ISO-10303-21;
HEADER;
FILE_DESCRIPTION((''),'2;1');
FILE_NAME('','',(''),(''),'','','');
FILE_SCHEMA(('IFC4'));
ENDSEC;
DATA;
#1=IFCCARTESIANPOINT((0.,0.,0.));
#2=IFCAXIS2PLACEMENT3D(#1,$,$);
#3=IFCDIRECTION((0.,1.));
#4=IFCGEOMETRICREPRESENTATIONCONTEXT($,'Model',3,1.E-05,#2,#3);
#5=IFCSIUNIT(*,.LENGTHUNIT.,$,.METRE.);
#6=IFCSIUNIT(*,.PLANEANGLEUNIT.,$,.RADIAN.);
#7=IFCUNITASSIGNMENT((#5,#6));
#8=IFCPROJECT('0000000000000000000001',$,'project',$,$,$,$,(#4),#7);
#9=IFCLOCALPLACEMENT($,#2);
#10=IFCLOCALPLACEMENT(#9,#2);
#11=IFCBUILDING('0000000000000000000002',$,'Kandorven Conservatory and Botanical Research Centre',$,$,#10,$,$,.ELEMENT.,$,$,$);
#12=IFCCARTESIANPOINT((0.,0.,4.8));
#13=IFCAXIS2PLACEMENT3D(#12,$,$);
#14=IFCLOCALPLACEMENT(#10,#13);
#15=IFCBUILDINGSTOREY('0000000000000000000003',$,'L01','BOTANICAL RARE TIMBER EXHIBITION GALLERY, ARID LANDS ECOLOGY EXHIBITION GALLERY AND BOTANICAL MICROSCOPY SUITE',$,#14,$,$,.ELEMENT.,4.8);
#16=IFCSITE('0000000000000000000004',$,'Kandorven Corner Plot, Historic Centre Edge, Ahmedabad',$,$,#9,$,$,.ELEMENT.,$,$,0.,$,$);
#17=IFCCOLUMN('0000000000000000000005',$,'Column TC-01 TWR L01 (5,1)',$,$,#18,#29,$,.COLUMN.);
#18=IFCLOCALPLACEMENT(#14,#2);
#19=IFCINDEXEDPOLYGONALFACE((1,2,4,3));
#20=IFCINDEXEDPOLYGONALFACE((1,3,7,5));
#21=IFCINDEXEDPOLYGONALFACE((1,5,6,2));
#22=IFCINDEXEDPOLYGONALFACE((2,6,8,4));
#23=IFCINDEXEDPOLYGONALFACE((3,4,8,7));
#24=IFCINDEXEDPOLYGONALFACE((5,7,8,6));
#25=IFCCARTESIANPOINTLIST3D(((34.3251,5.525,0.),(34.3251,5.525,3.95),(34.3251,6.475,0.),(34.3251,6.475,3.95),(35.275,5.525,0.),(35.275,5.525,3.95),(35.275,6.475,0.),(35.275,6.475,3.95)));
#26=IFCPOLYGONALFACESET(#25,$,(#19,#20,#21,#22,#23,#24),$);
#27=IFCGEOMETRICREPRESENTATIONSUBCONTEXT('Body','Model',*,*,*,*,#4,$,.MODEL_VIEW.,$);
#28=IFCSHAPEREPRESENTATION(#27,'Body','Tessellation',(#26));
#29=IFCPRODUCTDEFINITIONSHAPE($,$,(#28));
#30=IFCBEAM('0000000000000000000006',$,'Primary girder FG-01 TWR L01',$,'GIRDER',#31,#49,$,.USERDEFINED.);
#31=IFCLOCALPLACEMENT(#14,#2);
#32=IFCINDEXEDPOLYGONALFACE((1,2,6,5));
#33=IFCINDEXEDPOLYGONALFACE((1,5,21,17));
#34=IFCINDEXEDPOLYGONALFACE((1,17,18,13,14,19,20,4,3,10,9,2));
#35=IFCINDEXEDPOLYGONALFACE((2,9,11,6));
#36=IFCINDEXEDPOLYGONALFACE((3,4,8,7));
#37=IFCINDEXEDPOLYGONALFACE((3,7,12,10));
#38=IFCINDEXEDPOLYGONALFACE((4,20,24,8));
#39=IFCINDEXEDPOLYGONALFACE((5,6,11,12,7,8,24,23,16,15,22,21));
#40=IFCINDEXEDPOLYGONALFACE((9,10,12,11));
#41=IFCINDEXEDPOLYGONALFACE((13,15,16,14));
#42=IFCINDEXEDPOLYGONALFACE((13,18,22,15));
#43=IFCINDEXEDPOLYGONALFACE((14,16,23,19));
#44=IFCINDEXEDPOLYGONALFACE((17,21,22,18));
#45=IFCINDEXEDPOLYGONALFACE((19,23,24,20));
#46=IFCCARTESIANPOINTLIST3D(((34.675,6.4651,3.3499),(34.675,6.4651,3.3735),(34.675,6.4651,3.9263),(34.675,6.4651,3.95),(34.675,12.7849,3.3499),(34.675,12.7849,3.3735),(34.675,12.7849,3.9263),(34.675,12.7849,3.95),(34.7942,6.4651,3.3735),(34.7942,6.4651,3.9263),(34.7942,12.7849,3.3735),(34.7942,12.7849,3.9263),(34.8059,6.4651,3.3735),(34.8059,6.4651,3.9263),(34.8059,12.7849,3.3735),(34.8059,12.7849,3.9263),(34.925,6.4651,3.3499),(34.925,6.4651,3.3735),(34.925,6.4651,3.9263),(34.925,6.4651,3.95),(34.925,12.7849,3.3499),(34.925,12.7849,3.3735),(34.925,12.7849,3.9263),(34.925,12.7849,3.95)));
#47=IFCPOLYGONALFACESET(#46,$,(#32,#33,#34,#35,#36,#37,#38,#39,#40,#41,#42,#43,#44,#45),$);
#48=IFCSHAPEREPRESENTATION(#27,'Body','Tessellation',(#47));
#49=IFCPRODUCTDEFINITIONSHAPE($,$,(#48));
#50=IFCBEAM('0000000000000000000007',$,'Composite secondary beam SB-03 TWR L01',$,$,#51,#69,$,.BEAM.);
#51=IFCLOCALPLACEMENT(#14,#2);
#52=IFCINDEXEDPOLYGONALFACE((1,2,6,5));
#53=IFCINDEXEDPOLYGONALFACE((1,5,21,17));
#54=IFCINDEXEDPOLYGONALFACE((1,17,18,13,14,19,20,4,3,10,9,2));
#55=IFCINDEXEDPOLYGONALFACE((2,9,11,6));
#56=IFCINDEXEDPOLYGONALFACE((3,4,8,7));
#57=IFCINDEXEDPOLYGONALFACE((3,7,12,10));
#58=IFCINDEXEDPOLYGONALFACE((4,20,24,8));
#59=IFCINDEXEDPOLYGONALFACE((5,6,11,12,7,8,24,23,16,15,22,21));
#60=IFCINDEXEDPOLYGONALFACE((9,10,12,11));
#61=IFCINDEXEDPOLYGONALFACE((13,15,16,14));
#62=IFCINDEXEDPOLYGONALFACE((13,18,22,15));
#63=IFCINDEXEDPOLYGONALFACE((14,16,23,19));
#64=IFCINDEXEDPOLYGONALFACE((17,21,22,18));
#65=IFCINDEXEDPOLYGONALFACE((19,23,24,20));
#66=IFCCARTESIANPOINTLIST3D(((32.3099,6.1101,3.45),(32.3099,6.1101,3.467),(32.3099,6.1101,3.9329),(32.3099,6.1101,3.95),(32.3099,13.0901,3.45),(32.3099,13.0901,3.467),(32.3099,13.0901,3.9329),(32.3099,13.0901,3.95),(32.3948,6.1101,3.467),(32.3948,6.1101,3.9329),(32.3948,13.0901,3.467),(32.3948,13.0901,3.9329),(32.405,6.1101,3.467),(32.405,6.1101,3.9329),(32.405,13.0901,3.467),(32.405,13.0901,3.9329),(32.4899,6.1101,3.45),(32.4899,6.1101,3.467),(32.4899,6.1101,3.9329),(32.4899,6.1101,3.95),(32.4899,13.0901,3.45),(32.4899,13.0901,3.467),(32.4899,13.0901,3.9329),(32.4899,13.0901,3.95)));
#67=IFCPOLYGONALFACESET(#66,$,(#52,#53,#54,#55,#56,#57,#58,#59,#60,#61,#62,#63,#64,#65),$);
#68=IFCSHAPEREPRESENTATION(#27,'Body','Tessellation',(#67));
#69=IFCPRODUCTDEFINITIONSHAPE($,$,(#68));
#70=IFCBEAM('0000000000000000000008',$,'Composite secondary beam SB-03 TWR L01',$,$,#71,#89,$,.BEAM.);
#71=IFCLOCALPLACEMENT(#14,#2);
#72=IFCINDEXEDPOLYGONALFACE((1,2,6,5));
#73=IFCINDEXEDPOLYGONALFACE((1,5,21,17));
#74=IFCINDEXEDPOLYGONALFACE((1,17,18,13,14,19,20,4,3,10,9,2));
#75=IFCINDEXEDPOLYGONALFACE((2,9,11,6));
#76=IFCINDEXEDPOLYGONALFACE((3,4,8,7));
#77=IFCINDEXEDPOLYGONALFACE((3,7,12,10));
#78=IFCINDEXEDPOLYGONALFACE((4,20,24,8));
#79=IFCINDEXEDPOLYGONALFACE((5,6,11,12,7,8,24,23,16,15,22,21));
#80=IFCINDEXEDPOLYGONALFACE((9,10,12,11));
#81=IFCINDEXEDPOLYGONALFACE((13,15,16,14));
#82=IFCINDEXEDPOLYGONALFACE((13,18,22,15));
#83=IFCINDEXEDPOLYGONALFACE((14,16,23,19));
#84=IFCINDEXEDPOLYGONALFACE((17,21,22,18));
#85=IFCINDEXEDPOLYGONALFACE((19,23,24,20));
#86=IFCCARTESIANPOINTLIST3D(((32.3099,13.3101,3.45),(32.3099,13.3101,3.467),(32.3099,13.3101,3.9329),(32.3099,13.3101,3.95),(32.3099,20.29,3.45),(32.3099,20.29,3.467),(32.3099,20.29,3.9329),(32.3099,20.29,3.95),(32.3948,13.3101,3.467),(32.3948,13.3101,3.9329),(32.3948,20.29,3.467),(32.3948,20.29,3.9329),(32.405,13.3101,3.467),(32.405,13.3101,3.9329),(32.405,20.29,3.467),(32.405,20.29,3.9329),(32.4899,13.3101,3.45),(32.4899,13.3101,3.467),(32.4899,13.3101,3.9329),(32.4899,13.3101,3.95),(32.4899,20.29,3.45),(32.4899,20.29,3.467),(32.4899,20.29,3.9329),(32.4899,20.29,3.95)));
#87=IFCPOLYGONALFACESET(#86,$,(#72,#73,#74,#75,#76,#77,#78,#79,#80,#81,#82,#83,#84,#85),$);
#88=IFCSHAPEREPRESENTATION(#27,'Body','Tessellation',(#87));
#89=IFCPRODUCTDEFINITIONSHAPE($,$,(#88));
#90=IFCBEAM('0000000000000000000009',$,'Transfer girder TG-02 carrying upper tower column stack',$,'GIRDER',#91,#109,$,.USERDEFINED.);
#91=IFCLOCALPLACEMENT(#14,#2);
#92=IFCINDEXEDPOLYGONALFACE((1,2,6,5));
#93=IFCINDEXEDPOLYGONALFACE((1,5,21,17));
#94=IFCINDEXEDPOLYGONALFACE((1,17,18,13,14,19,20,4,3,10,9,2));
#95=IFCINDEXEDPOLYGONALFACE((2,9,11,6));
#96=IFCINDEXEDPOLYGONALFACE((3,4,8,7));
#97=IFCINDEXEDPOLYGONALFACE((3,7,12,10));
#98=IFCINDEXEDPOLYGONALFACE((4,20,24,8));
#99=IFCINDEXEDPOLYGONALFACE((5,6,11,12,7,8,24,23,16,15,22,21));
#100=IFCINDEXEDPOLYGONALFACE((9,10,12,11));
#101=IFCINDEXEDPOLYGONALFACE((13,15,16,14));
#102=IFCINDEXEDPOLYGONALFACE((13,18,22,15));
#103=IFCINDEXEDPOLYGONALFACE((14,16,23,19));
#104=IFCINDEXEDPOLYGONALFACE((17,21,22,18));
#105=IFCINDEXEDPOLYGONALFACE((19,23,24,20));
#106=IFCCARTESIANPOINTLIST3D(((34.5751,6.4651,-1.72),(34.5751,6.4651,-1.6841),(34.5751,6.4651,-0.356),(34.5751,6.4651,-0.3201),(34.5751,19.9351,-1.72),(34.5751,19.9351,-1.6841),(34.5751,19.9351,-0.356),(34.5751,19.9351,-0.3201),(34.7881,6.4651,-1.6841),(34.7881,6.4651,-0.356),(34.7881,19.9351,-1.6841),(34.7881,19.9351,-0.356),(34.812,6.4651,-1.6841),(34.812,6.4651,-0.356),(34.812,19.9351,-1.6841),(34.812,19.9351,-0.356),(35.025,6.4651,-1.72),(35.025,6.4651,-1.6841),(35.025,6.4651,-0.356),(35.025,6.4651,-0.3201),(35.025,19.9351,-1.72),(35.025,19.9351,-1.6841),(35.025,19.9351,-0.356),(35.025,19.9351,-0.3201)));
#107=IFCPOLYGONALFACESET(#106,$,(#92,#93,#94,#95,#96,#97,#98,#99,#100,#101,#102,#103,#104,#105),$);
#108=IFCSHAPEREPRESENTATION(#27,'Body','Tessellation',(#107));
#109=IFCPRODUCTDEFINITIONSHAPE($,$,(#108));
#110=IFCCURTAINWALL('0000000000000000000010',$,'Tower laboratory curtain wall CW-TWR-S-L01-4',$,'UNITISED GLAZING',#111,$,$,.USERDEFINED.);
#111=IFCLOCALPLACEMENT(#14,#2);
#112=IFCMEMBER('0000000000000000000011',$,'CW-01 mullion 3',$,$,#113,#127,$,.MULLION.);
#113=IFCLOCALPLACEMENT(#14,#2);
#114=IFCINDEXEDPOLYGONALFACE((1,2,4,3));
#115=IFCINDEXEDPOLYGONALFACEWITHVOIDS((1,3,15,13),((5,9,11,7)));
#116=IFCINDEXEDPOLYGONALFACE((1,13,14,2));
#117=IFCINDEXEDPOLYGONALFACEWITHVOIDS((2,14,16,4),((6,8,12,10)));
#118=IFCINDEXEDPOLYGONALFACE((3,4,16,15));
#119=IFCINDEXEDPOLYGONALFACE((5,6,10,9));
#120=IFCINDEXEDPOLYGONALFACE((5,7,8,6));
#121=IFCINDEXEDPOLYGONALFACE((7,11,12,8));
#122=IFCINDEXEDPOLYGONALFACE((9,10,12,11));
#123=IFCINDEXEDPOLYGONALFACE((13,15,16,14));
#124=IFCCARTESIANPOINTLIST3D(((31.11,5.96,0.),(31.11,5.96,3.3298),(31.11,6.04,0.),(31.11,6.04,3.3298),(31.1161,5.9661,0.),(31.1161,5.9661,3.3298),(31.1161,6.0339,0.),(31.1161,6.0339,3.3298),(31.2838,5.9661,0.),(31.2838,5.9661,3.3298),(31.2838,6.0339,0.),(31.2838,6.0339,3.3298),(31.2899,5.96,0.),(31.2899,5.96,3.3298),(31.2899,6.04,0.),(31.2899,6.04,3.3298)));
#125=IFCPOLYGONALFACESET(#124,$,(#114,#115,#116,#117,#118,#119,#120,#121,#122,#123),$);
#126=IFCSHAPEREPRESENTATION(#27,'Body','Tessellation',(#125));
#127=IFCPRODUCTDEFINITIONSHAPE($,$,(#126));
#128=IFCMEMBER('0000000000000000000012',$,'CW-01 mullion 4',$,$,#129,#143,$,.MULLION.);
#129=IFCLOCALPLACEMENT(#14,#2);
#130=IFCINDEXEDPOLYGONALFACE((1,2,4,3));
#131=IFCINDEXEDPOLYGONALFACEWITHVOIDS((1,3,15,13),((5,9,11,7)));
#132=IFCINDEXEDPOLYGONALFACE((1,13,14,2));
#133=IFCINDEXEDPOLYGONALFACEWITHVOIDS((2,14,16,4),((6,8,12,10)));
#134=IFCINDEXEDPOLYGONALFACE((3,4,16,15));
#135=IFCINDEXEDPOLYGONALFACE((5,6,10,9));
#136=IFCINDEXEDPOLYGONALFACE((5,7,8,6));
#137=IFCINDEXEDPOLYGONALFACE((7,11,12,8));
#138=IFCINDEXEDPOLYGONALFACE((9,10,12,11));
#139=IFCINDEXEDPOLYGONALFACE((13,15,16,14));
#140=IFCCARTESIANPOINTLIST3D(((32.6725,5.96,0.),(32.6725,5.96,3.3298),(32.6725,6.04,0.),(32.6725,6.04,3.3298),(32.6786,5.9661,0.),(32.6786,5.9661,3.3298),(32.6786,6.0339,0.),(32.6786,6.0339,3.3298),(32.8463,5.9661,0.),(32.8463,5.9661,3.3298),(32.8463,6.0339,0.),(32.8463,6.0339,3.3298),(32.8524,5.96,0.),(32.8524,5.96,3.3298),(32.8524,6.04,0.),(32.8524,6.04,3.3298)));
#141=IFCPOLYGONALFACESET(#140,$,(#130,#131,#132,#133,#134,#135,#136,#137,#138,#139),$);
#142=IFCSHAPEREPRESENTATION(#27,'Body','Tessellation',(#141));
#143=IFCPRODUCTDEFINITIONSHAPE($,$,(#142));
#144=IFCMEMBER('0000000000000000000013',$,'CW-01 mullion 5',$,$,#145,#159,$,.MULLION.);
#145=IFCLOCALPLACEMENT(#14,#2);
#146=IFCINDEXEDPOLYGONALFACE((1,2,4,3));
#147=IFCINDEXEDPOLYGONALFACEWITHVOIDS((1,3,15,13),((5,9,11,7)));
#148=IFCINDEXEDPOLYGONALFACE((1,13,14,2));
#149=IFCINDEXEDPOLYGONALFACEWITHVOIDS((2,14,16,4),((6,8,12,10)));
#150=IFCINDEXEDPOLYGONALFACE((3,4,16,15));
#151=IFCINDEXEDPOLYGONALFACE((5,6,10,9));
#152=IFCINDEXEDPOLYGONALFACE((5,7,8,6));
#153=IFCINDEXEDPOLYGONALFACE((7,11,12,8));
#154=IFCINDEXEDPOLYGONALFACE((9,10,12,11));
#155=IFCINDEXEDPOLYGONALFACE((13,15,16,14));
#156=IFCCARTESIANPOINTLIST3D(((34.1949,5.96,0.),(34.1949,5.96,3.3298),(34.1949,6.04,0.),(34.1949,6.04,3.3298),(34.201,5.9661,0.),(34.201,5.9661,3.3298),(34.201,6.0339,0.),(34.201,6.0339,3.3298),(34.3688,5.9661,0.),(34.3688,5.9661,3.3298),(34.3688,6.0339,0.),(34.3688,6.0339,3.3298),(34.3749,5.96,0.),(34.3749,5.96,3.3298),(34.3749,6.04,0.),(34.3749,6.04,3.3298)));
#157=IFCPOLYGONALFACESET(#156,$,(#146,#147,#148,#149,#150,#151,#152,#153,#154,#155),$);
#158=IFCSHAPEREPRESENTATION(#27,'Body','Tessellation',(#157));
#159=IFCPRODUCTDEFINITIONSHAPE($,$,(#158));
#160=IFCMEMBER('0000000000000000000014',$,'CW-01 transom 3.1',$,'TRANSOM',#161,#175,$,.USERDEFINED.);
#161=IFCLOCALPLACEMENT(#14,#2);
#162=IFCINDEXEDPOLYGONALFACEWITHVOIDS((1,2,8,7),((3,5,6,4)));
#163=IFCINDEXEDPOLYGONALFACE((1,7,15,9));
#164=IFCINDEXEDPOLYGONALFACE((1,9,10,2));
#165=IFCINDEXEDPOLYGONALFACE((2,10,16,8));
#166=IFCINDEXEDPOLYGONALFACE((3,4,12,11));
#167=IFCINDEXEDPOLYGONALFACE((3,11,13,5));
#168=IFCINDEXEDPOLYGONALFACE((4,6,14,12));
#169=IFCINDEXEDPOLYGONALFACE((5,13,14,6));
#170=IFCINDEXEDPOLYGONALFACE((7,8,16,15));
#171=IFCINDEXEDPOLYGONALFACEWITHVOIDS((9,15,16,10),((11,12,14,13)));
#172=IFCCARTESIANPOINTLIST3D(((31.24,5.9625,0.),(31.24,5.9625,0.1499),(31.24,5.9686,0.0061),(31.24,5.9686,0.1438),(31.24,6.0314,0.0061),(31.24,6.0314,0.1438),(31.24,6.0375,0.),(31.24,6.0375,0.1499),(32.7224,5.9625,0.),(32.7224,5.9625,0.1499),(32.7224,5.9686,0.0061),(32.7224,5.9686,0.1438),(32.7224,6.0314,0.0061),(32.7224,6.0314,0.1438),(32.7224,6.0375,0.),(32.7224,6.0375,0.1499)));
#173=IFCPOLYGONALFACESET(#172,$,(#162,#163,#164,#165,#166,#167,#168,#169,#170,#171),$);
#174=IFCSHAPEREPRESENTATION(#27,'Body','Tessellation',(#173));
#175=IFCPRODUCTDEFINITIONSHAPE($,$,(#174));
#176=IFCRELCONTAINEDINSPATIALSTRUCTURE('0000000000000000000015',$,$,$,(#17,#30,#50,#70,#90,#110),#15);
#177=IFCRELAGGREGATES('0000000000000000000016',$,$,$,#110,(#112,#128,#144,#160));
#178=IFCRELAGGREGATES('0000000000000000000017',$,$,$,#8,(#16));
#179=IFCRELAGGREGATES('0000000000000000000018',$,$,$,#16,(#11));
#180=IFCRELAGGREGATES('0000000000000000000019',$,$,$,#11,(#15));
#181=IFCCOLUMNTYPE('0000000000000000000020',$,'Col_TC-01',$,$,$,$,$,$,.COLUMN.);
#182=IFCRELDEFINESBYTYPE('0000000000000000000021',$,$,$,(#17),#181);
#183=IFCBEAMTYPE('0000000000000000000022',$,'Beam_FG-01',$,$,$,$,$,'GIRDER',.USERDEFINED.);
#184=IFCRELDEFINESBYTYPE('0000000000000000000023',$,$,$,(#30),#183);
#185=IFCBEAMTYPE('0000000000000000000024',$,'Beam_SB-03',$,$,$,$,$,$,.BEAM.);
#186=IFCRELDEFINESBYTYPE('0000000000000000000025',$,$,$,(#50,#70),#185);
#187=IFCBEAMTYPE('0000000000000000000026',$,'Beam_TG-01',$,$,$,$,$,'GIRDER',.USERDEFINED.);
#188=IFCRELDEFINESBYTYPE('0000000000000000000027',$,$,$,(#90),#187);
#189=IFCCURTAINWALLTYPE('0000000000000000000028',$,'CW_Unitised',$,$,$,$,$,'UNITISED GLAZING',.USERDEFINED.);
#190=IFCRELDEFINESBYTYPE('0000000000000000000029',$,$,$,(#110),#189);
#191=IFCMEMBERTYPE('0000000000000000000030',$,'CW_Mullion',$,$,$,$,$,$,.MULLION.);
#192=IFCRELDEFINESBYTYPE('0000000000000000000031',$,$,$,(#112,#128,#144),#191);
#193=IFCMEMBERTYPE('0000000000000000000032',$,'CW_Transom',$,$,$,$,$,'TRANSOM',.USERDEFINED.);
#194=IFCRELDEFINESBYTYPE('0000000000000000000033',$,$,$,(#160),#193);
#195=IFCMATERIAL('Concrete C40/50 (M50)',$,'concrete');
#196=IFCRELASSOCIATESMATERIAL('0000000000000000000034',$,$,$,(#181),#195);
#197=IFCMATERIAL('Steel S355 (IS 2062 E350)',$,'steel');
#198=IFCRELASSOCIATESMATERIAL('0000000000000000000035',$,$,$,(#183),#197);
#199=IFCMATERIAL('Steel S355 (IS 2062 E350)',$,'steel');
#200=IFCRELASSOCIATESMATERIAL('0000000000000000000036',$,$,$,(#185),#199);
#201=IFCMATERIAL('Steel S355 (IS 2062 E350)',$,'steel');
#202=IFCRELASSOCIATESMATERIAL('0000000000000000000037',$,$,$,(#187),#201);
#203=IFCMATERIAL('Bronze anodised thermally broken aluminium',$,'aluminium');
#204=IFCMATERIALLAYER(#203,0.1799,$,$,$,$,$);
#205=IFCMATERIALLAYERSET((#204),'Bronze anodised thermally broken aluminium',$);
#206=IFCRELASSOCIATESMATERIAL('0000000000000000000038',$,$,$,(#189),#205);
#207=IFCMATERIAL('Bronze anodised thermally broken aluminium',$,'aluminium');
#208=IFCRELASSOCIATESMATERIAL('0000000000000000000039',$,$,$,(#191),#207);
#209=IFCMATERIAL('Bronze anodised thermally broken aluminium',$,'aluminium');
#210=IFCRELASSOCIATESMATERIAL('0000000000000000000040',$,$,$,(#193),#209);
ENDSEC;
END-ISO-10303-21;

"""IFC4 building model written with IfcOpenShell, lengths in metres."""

from ifc_helpers import new_model, si_unit, direction, frame, origin, origin_2d, place, context, subcontext, project, spatial, rectangle, hollow_rectangle, i_section, extrude, material, layer, layer_set, material_profile, profile_set, type_object, element, aggregate, save


model = new_model("IFC4")

# Units and contexts
model_context = context("Model", 3, precision=1e-05, world=origin(), true_north=direction((0.0, 1.0)))
body_context = subcontext(model_context, "Body", "Model", "MODEL_VIEW")
ifc_project = project(units=[si_unit("LENGTHUNIT", "METRE"), si_unit("PLANEANGLEUNIT", "RADIAN")], contexts=[model_context])

# Site, building, storey
site_placement = place(None, origin())
site = spatial("IfcSite", under=ifc_project, at=site_placement, Name="Kandorven Corner Plot, Historic Centre Edge, Ahmedabad", CompositionType="ELEMENT", RefElevation=0.0)
building_placement = place(site_placement, origin())
building = spatial("IfcBuilding", under=site, at=building_placement, Name="Kandorven Conservatory and Botanical Research Centre", CompositionType="ELEMENT")
storey_placement = place(building_placement, frame((0.0, 0.0, 4.8)))
storey = spatial("IfcBuildingStorey", under=building, at=storey_placement, Name="L01", Description="BOTANICAL RARE TIMBER EXHIBITION GALLERY, ARID LANDS ECOLOGY EXHIBITION GALLERY AND BOTANICAL MICROSCOPY SUITE", CompositionType="ELEMENT", Elevation=4.8)

# Column
ifc_material_1 = material(Name="Concrete C40/50 (M50)", Category="concrete")
ifc_material_profile_1 = material_profile(ifc_material_1, rectangle(XDim=0.95, YDim=0.95, at=origin_2d()))
ifc_profile_set_1 = profile_set([ifc_material_profile_1], Name="Concrete C40/50 (M50)")
column_type = type_object("IfcColumnType", Name="Col_TC-01", PredefinedType="COLUMN", material=ifc_profile_set_1)
column_placement = place(storey_placement, frame((34.8, 6.0, 0.0), z_axis=(0.0, 0.0, 1.0), x_axis=(1.0, 0.0, 0.0)))
element("IfcColumn", 1, at=column_placement, inside=storey, type_object=column_type, Name="Column TC-01 TWR L01 (5,1)", PredefinedType="COLUMN", context=body_context, shape_type="SweptSolid", body=[
    extrude(rectangle(XDim=0.95, YDim=0.95, at=origin_2d()), origin(), (0.0, 0.0, 1.0), 3.95),
])

# Beams
ifc_material_2 = material(Name="Steel S355 (IS 2062 E350)", Category="steel")
ifc_material_profile_2 = material_profile(ifc_material_2, i_section(OverallWidth=0.25, OverallDepth=0.6001, WebThickness=0.0117, FlangeThickness=0.0237, at=origin_2d()))
ifc_profile_set_2 = profile_set([ifc_material_profile_2], Name="Steel S355 (IS 2062 E350)")
beam_type_1 = type_object("IfcBeamType", Name="Beam_FG-01", ElementType="GIRDER", PredefinedType="USERDEFINED", material=ifc_profile_set_2)
beam_1_placement = place(storey_placement, frame((34.8, 6.4651, 3.6499), z_axis=(0.0, 1.0, 0.0), x_axis=(-1.0, 0.0, 0.0)))
element("IfcBeam", 2, at=beam_1_placement, inside=storey, type_object=beam_type_1, Name="Primary girder FG-01 TWR L01", ObjectType="GIRDER", PredefinedType="USERDEFINED", context=body_context, shape_type="SweptSolid", body=[
    extrude(i_section(OverallWidth=0.25, OverallDepth=0.6001, WebThickness=0.0117, FlangeThickness=0.0237, at=origin_2d()), origin(), (0.0, 0.0, 1.0), 6.3198),
])
ifc_material_3 = material(Name="Steel S355 (IS 2062 E350)", Category="steel")
ifc_material_profile_3 = material_profile(ifc_material_3, i_section(OverallWidth=0.1799, OverallDepth=0.5, WebThickness=0.0103, FlangeThickness=0.0171, at=origin_2d()))
ifc_profile_set_3 = profile_set([ifc_material_profile_3], Name="Steel S355 (IS 2062 E350)")
beam_type_2 = type_object("IfcBeamType", Name="Beam_SB-03", PredefinedType="BEAM", material=ifc_profile_set_3)
for number, where, z_axis, x_axis, name in (
    (3, (32.3999, 6.1101, 3.7), (0.0, 1.0, 0.0), (-1.0, 0.0, 0.0), "Composite secondary beam SB-03 TWR L01"),
    (4, (32.3999, 13.3101, 3.7), (0.0, 1.0, 0.0), (-1.0, 0.0, 0.0), "Composite secondary beam SB-03 TWR L01"),
):
    element("IfcBeam", number, at=place(storey_placement, frame(where, z_axis=z_axis, x_axis=x_axis)), inside=storey, type_object=beam_type_2, Name=name, PredefinedType="BEAM", context=body_context, shape_type="SweptSolid", body=[
        extrude(i_section(OverallWidth=0.1799, OverallDepth=0.5, WebThickness=0.0103, FlangeThickness=0.0171, at=origin_2d()), origin(), (0.0, 0.0, 1.0), 6.98),
    ])
ifc_material_4 = material(Name="Steel S355 (IS 2062 E350)", Category="steel")
ifc_material_profile_4 = material_profile(ifc_material_4, i_section(OverallWidth=0.45, OverallDepth=1.3999, WebThickness=0.0239, FlangeThickness=0.0359, at=origin_2d()))
ifc_profile_set_4 = profile_set([ifc_material_profile_4], Name="Steel S355 (IS 2062 E350)")
beam_type_3 = type_object("IfcBeamType", Name="Beam_TG-01", ElementType="GIRDER", PredefinedType="USERDEFINED", material=ifc_profile_set_4)
beam_2_placement = place(storey_placement, frame((34.8, 6.4651, -1.02), z_axis=(0.0, 1.0, 0.0), x_axis=(-1.0, 0.0, 0.0)))
element("IfcBeam", 5, at=beam_2_placement, inside=storey, type_object=beam_type_3, Name="Transfer girder TG-02 carrying upper tower column stack", ObjectType="GIRDER", PredefinedType="USERDEFINED", context=body_context, shape_type="SweptSolid", body=[
    extrude(i_section(OverallWidth=0.45, OverallDepth=1.3999, WebThickness=0.0239, FlangeThickness=0.0359, at=origin_2d()), origin(), (0.0, 0.0, 1.0), 13.47),
])

# Curtain wall, members
ifc_material_5 = material(Name="Bronze anodised thermally broken aluminium", Category="aluminium")
ifc_layer_1 = layer(ifc_material_5, 0.1799)
ifc_layer_set_1 = layer_set([ifc_layer_1], Name="Bronze anodised thermally broken aluminium")
curtain_wall_type = type_object("IfcCurtainWallType", Name="CW_Unitised", ElementType="UNITISED GLAZING", PredefinedType="USERDEFINED", material=ifc_layer_set_1)
curtain_wall_placement = place(storey_placement, origin())
curtain_wall = element("IfcCurtainWall", 6, at=curtain_wall_placement, inside=storey, type_object=curtain_wall_type, Name="Tower laboratory curtain wall CW-TWR-S-L01-4", ObjectType="UNITISED GLAZING", PredefinedType="USERDEFINED")
ifc_material_6 = material(Name="Bronze anodised thermally broken aluminium", Category="aluminium")
ifc_material_profile_5 = material_profile(ifc_material_6, hollow_rectangle(XDim=0.0801, YDim=0.1799, WallThickness=0.0061, at=origin_2d()))
ifc_profile_set_5 = profile_set([ifc_material_profile_5], Name="Bronze anodised thermally broken aluminium")
member_type_1 = type_object("IfcMemberType", Name="CW_Mullion", PredefinedType="MULLION", material=ifc_profile_set_5)
member_1_placement = place(storey_placement, frame((31.2, 6.0, 0.0), z_axis=(0.0, 0.0, 1.0), x_axis=(0.0, 1.0, 0.0)))
member_1 = element("IfcMember", 7, at=member_1_placement, type_object=member_type_1, Name="CW-01 mullion 3", PredefinedType="MULLION", context=body_context, shape_type="SweptSolid", body=[
    extrude(hollow_rectangle(XDim=0.0801, YDim=0.1799, WallThickness=0.0061, at=origin_2d()), origin(), (0.0, 0.0, 1.0), 3.3298),
])
member_2_placement = place(storey_placement, frame((32.7625, 6.0, 0.0), z_axis=(0.0, 0.0, 1.0), x_axis=(0.0, 1.0, 0.0)))
member_2 = element("IfcMember", 8, at=member_2_placement, type_object=member_type_1, Name="CW-01 mullion 4", PredefinedType="MULLION", context=body_context, shape_type="SweptSolid", body=[
    extrude(hollow_rectangle(XDim=0.0801, YDim=0.1799, WallThickness=0.0061, at=origin_2d()), origin(), (0.0, 0.0, 1.0), 3.3298),
])
member_3_placement = place(storey_placement, frame((34.2849, 6.0, 0.0), z_axis=(0.0, 0.0, 1.0), x_axis=(0.0, 1.0, 0.0)))
member_3 = element("IfcMember", 9, at=member_3_placement, type_object=member_type_1, Name="CW-01 mullion 5", PredefinedType="MULLION", context=body_context, shape_type="SweptSolid", body=[
    extrude(hollow_rectangle(XDim=0.0801, YDim=0.1799, WallThickness=0.0061, at=origin_2d()), origin(), (0.0, 0.0, 1.0), 3.3298),
])
ifc_material_7 = material(Name="Bronze anodised thermally broken aluminium", Category="aluminium")
ifc_material_profile_6 = material_profile(ifc_material_7, hollow_rectangle(XDim=0.075, YDim=0.1499, WallThickness=0.0061, at=origin_2d()))
ifc_profile_set_6 = profile_set([ifc_material_profile_6], Name="Bronze anodised thermally broken aluminium")
member_type_2 = type_object("IfcMemberType", Name="CW_Transom", ElementType="TRANSOM", PredefinedType="USERDEFINED", material=ifc_profile_set_6)
member_4_placement = place(storey_placement, frame((31.24, 6.0, 0.075), z_axis=(1.0, 0.0, 0.0), x_axis=(0.0, 1.0, 0.0)))
member_4 = element("IfcMember", 10, at=member_4_placement, type_object=member_type_2, Name="CW-01 transom 3.1", ObjectType="TRANSOM", PredefinedType="USERDEFINED", context=body_context, shape_type="SweptSolid", body=[
    extrude(hollow_rectangle(XDim=0.075, YDim=0.1499, WallThickness=0.0061, at=origin_2d()), origin(), (0.0, 0.0, 1.0), 1.4824),
])
aggregate(curtain_wall, [member_1, member_2, member_3, member_4])

save(model, "model.ifc")
